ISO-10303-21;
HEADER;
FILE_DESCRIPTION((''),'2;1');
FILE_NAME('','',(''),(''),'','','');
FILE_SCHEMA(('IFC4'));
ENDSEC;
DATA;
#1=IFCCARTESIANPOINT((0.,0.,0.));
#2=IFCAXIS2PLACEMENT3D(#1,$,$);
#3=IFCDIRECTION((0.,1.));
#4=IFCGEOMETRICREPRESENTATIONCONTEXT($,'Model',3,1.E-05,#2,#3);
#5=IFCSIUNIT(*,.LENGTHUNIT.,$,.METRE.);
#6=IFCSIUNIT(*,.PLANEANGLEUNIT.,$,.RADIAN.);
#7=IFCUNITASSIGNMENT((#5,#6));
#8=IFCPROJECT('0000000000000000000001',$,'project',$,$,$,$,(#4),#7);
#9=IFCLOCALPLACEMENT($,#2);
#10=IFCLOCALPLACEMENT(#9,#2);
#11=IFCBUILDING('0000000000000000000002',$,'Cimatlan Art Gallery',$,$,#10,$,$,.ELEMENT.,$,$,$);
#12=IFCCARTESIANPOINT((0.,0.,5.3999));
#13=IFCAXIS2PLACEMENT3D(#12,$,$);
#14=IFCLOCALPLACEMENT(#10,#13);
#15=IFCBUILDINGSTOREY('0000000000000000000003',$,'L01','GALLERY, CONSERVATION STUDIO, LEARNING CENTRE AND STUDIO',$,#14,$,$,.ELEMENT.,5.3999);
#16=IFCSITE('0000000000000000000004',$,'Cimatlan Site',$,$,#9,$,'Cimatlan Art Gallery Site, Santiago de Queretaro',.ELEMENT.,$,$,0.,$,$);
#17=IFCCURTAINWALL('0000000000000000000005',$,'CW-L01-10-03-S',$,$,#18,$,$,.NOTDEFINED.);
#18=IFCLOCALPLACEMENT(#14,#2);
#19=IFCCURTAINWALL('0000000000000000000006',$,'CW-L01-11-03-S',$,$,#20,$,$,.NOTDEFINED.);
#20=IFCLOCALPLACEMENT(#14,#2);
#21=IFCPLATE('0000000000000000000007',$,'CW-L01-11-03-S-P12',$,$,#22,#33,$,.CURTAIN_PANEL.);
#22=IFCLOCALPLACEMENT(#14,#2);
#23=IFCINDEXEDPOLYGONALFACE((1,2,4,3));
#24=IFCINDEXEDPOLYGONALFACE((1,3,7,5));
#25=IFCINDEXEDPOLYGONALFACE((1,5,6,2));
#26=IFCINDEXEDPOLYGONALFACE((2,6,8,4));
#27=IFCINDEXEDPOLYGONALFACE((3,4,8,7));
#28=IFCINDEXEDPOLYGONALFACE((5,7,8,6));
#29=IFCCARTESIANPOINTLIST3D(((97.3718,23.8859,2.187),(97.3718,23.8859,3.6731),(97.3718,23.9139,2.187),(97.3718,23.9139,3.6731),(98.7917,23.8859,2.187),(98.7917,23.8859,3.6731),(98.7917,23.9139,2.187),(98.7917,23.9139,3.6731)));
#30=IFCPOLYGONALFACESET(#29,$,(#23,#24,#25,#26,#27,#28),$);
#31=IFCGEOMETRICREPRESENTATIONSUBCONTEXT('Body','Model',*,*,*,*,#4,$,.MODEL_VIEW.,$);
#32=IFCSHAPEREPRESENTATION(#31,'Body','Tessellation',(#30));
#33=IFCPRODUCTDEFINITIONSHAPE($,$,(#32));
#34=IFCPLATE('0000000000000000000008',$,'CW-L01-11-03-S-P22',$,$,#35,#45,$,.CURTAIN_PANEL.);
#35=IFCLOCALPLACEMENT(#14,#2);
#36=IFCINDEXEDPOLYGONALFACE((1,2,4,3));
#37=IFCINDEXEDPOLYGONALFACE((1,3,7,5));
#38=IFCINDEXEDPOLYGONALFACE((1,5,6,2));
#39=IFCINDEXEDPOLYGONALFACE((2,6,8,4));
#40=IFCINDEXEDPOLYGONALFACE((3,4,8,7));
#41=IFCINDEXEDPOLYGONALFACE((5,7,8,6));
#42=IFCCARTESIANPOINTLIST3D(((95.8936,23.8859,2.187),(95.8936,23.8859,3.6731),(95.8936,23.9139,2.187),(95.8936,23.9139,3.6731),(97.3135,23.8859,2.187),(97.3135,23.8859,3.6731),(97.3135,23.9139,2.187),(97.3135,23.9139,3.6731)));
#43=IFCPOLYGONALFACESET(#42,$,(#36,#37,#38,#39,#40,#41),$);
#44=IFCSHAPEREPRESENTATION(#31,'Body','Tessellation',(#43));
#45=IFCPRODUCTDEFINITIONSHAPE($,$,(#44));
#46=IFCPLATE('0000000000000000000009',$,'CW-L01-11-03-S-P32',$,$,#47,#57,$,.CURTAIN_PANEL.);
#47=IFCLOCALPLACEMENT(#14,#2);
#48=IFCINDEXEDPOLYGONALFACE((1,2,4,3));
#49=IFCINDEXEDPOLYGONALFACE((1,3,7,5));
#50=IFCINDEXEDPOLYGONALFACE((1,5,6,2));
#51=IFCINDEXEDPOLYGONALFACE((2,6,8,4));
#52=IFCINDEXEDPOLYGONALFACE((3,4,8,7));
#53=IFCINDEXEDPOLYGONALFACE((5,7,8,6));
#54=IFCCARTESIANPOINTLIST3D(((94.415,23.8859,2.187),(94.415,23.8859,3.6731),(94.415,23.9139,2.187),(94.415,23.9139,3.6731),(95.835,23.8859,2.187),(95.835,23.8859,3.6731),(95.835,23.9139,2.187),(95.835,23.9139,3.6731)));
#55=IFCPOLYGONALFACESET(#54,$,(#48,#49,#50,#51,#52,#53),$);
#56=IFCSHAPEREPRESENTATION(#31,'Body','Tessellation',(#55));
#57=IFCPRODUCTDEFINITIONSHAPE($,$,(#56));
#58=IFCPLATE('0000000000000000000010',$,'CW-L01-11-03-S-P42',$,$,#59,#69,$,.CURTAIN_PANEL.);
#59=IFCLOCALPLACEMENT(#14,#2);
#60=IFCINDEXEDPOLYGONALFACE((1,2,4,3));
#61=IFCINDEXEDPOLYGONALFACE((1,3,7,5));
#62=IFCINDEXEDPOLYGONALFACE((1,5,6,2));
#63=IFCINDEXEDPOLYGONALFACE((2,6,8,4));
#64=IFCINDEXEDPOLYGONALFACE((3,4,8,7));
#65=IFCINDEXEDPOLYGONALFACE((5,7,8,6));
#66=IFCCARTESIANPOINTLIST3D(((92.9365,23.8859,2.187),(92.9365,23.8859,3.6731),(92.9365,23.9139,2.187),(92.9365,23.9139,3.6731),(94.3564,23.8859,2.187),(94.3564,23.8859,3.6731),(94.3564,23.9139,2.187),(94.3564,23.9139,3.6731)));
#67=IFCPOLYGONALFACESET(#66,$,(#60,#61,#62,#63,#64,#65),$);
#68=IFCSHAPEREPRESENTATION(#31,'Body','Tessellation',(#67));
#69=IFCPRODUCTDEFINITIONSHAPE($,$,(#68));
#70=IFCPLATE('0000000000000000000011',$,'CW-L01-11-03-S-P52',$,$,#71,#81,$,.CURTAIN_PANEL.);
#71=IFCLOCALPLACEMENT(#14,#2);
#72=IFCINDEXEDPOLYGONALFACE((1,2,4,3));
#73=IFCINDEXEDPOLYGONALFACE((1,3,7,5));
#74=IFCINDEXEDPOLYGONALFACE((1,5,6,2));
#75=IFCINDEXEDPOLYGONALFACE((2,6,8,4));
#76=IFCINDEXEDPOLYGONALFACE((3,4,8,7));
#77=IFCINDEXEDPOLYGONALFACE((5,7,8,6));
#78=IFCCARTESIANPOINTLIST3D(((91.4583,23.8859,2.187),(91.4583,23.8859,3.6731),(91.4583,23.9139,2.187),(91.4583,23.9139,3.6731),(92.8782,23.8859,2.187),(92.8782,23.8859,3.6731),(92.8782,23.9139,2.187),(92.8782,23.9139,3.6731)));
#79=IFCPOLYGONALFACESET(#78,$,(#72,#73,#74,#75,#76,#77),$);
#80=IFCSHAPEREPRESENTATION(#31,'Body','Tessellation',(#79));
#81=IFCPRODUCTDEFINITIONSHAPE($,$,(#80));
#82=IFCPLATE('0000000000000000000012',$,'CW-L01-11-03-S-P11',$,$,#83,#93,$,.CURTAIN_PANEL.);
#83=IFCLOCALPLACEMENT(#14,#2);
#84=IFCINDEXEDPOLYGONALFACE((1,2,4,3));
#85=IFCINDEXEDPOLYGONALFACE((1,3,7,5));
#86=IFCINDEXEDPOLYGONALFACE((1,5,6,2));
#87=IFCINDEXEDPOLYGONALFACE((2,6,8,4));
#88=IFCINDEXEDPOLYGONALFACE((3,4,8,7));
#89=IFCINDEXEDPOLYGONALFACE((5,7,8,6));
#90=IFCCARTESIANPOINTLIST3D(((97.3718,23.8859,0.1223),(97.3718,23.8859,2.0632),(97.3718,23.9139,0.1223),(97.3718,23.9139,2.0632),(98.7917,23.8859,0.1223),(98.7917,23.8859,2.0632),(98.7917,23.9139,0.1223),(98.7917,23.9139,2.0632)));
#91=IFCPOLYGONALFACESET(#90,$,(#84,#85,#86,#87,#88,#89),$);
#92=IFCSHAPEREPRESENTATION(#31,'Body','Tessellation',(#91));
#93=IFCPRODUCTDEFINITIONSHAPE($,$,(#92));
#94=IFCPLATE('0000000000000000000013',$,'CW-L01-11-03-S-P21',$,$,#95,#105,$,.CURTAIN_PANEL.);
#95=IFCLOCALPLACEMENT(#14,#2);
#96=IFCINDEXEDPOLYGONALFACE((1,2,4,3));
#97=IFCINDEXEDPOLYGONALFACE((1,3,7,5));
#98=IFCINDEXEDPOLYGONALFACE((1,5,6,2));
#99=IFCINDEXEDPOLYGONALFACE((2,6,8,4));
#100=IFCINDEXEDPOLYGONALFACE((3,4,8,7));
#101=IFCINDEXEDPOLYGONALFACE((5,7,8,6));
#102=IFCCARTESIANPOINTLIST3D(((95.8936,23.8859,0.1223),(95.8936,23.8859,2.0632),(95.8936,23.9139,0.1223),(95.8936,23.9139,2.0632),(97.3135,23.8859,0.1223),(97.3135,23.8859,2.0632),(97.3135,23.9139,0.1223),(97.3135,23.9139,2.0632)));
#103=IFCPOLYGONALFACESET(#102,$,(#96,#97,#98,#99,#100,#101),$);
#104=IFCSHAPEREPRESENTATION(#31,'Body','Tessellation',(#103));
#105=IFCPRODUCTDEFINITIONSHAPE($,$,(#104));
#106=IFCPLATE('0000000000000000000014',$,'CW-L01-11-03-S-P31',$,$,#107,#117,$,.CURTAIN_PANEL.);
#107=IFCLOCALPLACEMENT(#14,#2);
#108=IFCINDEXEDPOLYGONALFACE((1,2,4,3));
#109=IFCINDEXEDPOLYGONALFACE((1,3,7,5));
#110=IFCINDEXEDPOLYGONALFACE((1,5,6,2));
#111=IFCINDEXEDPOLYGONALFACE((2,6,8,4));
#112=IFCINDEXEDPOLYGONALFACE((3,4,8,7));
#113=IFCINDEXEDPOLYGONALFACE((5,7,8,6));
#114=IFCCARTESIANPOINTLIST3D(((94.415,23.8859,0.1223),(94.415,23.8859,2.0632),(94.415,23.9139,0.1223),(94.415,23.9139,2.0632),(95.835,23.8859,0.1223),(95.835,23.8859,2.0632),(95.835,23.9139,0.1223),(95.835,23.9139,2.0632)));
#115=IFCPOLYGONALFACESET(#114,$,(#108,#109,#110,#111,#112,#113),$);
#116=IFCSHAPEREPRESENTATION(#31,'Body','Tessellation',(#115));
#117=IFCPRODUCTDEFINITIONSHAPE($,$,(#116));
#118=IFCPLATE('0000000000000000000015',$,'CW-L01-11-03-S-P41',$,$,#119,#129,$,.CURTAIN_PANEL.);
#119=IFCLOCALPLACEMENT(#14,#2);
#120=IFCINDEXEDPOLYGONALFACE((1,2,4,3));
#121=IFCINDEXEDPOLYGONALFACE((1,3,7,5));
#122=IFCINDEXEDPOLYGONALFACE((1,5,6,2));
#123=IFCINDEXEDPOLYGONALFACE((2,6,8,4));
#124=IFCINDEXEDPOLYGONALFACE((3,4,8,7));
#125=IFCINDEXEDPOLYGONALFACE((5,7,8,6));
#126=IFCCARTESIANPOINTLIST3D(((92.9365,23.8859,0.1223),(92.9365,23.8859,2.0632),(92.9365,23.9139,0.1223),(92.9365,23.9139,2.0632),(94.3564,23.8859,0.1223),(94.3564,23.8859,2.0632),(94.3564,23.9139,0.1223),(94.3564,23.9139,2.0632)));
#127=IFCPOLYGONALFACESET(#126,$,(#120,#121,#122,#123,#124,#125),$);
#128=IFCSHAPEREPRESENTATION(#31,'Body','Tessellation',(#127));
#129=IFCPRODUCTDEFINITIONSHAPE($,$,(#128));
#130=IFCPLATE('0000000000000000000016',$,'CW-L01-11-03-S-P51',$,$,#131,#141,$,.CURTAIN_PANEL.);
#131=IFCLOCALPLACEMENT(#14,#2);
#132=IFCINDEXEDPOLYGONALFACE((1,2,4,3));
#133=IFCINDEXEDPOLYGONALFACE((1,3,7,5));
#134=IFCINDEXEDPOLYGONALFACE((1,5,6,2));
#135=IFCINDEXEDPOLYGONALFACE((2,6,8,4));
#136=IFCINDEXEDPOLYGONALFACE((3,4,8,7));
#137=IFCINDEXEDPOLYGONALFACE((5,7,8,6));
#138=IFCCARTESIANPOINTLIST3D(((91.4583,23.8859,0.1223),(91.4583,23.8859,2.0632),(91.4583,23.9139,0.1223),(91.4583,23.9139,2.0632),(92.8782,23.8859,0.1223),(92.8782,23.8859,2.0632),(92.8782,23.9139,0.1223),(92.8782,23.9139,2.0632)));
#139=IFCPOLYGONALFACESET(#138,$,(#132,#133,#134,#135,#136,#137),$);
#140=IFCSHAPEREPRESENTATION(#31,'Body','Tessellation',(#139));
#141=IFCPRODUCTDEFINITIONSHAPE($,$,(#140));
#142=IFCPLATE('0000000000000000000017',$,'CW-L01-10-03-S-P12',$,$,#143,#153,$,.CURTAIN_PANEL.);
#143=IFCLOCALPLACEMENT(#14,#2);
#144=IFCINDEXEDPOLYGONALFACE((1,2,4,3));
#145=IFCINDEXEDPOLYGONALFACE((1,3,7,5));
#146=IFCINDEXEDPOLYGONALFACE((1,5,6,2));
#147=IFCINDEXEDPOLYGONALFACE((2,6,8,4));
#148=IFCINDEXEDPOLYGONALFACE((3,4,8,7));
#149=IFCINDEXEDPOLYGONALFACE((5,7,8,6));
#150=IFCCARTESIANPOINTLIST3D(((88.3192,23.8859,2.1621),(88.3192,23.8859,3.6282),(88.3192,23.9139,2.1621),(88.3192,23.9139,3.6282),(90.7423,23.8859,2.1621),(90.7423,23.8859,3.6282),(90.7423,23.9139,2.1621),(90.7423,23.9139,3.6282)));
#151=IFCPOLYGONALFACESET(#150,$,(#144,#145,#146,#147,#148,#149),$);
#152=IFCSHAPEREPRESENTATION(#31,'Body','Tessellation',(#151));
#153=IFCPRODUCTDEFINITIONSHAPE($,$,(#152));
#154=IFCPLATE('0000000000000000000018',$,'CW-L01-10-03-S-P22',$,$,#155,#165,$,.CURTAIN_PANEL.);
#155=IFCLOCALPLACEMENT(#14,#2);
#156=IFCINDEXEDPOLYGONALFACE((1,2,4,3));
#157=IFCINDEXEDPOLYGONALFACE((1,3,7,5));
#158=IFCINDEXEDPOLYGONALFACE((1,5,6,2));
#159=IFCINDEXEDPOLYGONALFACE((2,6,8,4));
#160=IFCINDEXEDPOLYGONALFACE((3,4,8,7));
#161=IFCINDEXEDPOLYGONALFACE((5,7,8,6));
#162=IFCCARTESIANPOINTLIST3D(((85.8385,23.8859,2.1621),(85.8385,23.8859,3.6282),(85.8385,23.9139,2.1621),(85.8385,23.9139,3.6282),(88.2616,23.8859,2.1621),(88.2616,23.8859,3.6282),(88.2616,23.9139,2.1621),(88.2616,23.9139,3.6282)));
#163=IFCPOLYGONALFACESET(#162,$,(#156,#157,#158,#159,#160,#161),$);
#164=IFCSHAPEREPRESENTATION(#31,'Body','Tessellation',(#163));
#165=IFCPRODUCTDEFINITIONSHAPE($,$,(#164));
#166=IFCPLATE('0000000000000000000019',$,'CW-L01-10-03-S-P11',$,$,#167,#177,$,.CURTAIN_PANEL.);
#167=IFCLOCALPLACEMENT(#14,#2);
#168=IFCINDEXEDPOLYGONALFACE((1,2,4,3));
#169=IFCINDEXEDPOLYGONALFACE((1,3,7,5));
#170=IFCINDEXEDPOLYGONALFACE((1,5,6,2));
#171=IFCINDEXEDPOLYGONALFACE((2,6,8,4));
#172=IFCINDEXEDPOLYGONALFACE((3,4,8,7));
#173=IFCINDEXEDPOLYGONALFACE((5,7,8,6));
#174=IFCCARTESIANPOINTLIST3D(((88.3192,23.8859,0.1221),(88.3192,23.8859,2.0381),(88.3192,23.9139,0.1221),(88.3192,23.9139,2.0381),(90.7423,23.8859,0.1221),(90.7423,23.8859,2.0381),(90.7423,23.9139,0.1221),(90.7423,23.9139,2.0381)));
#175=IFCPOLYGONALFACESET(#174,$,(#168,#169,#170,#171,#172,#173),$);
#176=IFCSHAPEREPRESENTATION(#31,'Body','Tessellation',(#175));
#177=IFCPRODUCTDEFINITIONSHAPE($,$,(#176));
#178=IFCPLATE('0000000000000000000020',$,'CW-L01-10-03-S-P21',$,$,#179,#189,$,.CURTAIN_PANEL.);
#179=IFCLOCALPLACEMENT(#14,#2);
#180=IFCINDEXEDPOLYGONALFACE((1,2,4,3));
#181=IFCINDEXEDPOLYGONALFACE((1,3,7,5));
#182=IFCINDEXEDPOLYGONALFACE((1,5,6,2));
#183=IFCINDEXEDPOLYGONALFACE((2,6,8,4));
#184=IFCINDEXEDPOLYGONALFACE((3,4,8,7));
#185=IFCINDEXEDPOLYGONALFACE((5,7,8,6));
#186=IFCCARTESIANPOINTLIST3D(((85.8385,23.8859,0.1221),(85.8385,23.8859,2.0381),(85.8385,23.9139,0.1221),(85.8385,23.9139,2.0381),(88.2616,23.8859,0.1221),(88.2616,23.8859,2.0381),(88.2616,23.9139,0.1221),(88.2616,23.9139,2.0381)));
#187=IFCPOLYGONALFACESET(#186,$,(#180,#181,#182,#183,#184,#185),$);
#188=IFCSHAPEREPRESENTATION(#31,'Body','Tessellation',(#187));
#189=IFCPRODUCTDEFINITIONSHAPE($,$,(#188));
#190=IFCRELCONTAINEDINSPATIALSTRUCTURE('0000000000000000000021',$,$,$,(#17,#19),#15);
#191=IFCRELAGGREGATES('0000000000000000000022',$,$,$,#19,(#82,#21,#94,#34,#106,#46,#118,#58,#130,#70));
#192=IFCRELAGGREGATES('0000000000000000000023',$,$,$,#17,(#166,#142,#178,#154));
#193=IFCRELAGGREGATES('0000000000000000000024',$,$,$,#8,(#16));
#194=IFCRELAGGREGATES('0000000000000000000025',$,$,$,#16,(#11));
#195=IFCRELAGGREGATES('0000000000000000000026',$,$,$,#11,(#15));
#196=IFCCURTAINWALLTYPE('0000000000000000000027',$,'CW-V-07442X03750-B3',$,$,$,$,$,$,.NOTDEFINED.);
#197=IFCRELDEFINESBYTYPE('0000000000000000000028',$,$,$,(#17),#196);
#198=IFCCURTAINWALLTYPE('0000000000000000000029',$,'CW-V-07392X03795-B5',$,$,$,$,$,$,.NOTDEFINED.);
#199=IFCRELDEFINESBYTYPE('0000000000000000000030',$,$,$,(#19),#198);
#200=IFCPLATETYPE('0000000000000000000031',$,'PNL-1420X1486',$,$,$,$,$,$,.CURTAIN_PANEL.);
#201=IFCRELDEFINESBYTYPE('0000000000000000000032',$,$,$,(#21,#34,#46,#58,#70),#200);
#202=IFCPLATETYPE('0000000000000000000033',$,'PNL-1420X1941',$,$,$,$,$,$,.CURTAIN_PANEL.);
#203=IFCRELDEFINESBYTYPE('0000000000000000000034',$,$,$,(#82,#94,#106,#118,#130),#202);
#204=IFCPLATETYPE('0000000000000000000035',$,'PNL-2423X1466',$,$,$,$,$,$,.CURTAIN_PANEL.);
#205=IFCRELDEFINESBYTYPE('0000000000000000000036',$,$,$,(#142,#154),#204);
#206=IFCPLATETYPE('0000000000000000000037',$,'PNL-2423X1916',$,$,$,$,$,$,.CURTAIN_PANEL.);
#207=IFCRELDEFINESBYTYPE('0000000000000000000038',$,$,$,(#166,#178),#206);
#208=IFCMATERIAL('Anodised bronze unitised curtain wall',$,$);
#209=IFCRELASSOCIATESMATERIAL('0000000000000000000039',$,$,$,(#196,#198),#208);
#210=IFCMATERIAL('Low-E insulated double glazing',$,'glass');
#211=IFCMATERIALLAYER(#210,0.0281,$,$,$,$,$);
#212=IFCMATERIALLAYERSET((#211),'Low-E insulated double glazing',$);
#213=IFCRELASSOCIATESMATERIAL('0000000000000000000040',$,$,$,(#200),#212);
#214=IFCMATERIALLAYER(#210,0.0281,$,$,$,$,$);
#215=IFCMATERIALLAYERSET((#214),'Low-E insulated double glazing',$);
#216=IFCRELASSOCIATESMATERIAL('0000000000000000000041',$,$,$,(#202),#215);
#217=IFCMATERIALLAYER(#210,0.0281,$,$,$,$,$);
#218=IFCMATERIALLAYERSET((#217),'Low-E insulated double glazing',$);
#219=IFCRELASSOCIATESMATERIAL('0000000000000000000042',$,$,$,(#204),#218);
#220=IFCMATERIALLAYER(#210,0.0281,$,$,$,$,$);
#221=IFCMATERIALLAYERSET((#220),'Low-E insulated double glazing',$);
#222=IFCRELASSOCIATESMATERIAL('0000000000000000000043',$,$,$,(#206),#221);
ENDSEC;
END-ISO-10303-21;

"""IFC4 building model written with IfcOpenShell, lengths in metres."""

from ifc_helpers import new_model, si_unit, direction, frame, origin, origin_2d, place, context, subcontext, project, spatial, rectangle, extrude, material, layer, layer_set, type_object, element, aggregate, save


model = new_model("IFC4")

# Units and contexts
model_context = context("Model", 3, precision=1e-05, world=origin(), true_north=direction((0.0, 1.0)))
body_context = subcontext(model_context, "Body", "Model", "MODEL_VIEW")
ifc_project = project(units=[si_unit("LENGTHUNIT", "METRE"), si_unit("PLANEANGLEUNIT", "RADIAN")], contexts=[model_context])

# Site, building, storey
site_placement = place(None, origin())
site = spatial("IfcSite", under=ifc_project, at=site_placement, Name="Cimatlan Site", LongName="Cimatlan Art Gallery Site, Santiago de Queretaro", CompositionType="ELEMENT", RefElevation=0.0)
building_placement = place(site_placement, origin())
building = spatial("IfcBuilding", under=site, at=building_placement, Name="Cimatlan Art Gallery", CompositionType="ELEMENT")
storey_placement = place(building_placement, frame((0.0, 0.0, 5.3999)))
storey = spatial("IfcBuildingStorey", under=building, at=storey_placement, Name="L01", Description="GALLERY, CONSERVATION STUDIO, LEARNING CENTRE AND STUDIO", CompositionType="ELEMENT", Elevation=5.3999)

# Curtain walls
ifc_material_1 = material(Name="Anodised bronze unitised curtain wall")
curtain_wall_type_1 = type_object("IfcCurtainWallType", Name="CW-V-07442X03750-B3", PredefinedType="NOTDEFINED", material=ifc_material_1)
curtain_wall_1_placement = place(storey_placement, origin())
curtain_wall_1 = element("IfcCurtainWall", 1, at=curtain_wall_1_placement, inside=storey, type_object=curtain_wall_type_1, Name="CW-L01-10-03-S", PredefinedType="NOTDEFINED")
curtain_wall_type_2 = type_object("IfcCurtainWallType", Name="CW-V-07392X03795-B5", PredefinedType="NOTDEFINED", material=ifc_material_1)
curtain_wall_2_placement = place(storey_placement, origin())
curtain_wall_2 = element("IfcCurtainWall", 2, at=curtain_wall_2_placement, inside=storey, type_object=curtain_wall_type_2, Name="CW-L01-11-03-S", PredefinedType="NOTDEFINED")

# Plates
ifc_material_2 = material(Name="Low-E insulated double glazing", Category="glass")
ifc_layer_1 = layer(ifc_material_2, 0.0281)
ifc_layer_set_1 = layer_set([ifc_layer_1], Name="Low-E insulated double glazing")
plate_type_1 = type_object("IfcPlateType", Name="PNL-1420X1486", PredefinedType="CURTAIN_PANEL", material=ifc_layer_set_1)
plate_1_placement = place(storey_placement, frame((98.0818, 23.8999, 2.187), z_axis=(0.0, 0.0, 1.0), x_axis=(-1.0, 0.0, 0.0)))
plate_1 = element("IfcPlate", 3, at=plate_1_placement, type_object=plate_type_1, Name="CW-L01-11-03-S-P12", PredefinedType="CURTAIN_PANEL", context=body_context, shape_type="SweptSolid", body=[
    extrude(rectangle(XDim=1.4199, YDim=0.0281, at=origin_2d()), origin(), (0.0, 0.0, 1.0), 1.4861),
])
plate_2_placement = place(storey_placement, frame((96.6035, 23.8999, 2.187), z_axis=(0.0, 0.0, 1.0), x_axis=(-1.0, 0.0, 0.0)))
plate_2 = element("IfcPlate", 4, at=plate_2_placement, type_object=plate_type_1, Name="CW-L01-11-03-S-P22", PredefinedType="CURTAIN_PANEL", context=body_context, shape_type="SweptSolid", body=[
    extrude(rectangle(XDim=1.4199, YDim=0.0281, at=origin_2d()), origin(), (0.0, 0.0, 1.0), 1.4861),
])
plate_3_placement = place(storey_placement, frame((95.125, 23.8999, 2.187), z_axis=(0.0, 0.0, 1.0), x_axis=(-1.0, 0.0, 0.0)))
plate_3 = element("IfcPlate", 5, at=plate_3_placement, type_object=plate_type_1, Name="CW-L01-11-03-S-P32", PredefinedType="CURTAIN_PANEL", context=body_context, shape_type="SweptSolid", body=[
    extrude(rectangle(XDim=1.4199, YDim=0.0281, at=origin_2d()), origin(), (0.0, 0.0, 1.0), 1.4861),
])
plate_4_placement = place(storey_placement, frame((93.6465, 23.8999, 2.187), z_axis=(0.0, 0.0, 1.0), x_axis=(-1.0, 0.0, 0.0)))
plate_4 = element("IfcPlate", 6, at=plate_4_placement, type_object=plate_type_1, Name="CW-L01-11-03-S-P42", PredefinedType="CURTAIN_PANEL", context=body_context, shape_type="SweptSolid", body=[
    extrude(rectangle(XDim=1.4199, YDim=0.0281, at=origin_2d()), origin(), (0.0, 0.0, 1.0), 1.4861),
])
plate_5_placement = place(storey_placement, frame((92.1682, 23.8999, 2.187), z_axis=(0.0, 0.0, 1.0), x_axis=(-1.0, 0.0, 0.0)))
plate_5 = element("IfcPlate", 7, at=plate_5_placement, type_object=plate_type_1, Name="CW-L01-11-03-S-P52", PredefinedType="CURTAIN_PANEL", context=body_context, shape_type="SweptSolid", body=[
    extrude(rectangle(XDim=1.4199, YDim=0.0281, at=origin_2d()), origin(), (0.0, 0.0, 1.0), 1.4861),
])
ifc_layer_2 = layer(ifc_material_2, 0.0281)
ifc_layer_set_2 = layer_set([ifc_layer_2], Name="Low-E insulated double glazing")
plate_type_2 = type_object("IfcPlateType", Name="PNL-1420X1941", PredefinedType="CURTAIN_PANEL", material=ifc_layer_set_2)
plate_6_placement = place(storey_placement, frame((98.0818, 23.8999, 0.1223), z_axis=(0.0, 0.0, 1.0), x_axis=(-1.0, 0.0, 0.0)))
plate_6 = element("IfcPlate", 8, at=plate_6_placement, type_object=plate_type_2, Name="CW-L01-11-03-S-P11", PredefinedType="CURTAIN_PANEL", context=body_context, shape_type="SweptSolid", body=[
    extrude(rectangle(XDim=1.4199, YDim=0.0281, at=origin_2d()), origin(), (0.0, 0.0, 1.0), 1.9409),
])
plate_7_placement = place(storey_placement, frame((96.6035, 23.8999, 0.1223), z_axis=(0.0, 0.0, 1.0), x_axis=(-1.0, 0.0, 0.0)))
plate_7 = element("IfcPlate", 9, at=plate_7_placement, type_object=plate_type_2, Name="CW-L01-11-03-S-P21", PredefinedType="CURTAIN_PANEL", context=body_context, shape_type="SweptSolid", body=[
    extrude(rectangle(XDim=1.4199, YDim=0.0281, at=origin_2d()), origin(), (0.0, 0.0, 1.0), 1.9409),
])
plate_8_placement = place(storey_placement, frame((95.125, 23.8999, 0.1223), z_axis=(0.0, 0.0, 1.0), x_axis=(-1.0, 0.0, 0.0)))
plate_8 = element("IfcPlate", 10, at=plate_8_placement, type_object=plate_type_2, Name="CW-L01-11-03-S-P31", PredefinedType="CURTAIN_PANEL", context=body_context, shape_type="SweptSolid", body=[
    extrude(rectangle(XDim=1.4199, YDim=0.0281, at=origin_2d()), origin(), (0.0, 0.0, 1.0), 1.9409),
])
plate_9_placement = place(storey_placement, frame((93.6465, 23.8999, 0.1223), z_axis=(0.0, 0.0, 1.0), x_axis=(-1.0, 0.0, 0.0)))
plate_9 = element("IfcPlate", 11, at=plate_9_placement, type_object=plate_type_2, Name="CW-L01-11-03-S-P41", PredefinedType="CURTAIN_PANEL", context=body_context, shape_type="SweptSolid", body=[
    extrude(rectangle(XDim=1.4199, YDim=0.0281, at=origin_2d()), origin(), (0.0, 0.0, 1.0), 1.9409),
])
plate_10_placement = place(storey_placement, frame((92.1682, 23.8999, 0.1223), z_axis=(0.0, 0.0, 1.0), x_axis=(-1.0, 0.0, 0.0)))
plate_10 = element("IfcPlate", 12, at=plate_10_placement, type_object=plate_type_2, Name="CW-L01-11-03-S-P51", PredefinedType="CURTAIN_PANEL", context=body_context, shape_type="SweptSolid", body=[
    extrude(rectangle(XDim=1.4199, YDim=0.0281, at=origin_2d()), origin(), (0.0, 0.0, 1.0), 1.9409),
])
aggregate(curtain_wall_2, [plate_6, plate_1, plate_7, plate_2, plate_8, plate_3, plate_9, plate_4, plate_10, plate_5])
ifc_layer_3 = layer(ifc_material_2, 0.0281)
ifc_layer_set_3 = layer_set([ifc_layer_3], Name="Low-E insulated double glazing")
plate_type_3 = type_object("IfcPlateType", Name="PNL-2423X1466", PredefinedType="CURTAIN_PANEL", material=ifc_layer_set_3)
plate_11_placement = place(storey_placement, frame((89.5308, 23.8999, 2.1621), z_axis=(0.0, 0.0, 1.0), x_axis=(-1.0, 0.0, 0.0)))
plate_11 = element("IfcPlate", 13, at=plate_11_placement, type_object=plate_type_3, Name="CW-L01-10-03-S-P12", PredefinedType="CURTAIN_PANEL", context=body_context, shape_type="SweptSolid", body=[
    extrude(rectangle(XDim=2.4231, YDim=0.0281, at=origin_2d()), origin(), (0.0, 0.0, 1.0), 1.4661),
])
plate_12_placement = place(storey_placement, frame((87.05, 23.8999, 2.1621), z_axis=(0.0, 0.0, 1.0), x_axis=(-1.0, 0.0, 0.0)))
plate_12 = element("IfcPlate", 14, at=plate_12_placement, type_object=plate_type_3, Name="CW-L01-10-03-S-P22", PredefinedType="CURTAIN_PANEL", context=body_context, shape_type="SweptSolid", body=[
    extrude(rectangle(XDim=2.4231, YDim=0.0281, at=origin_2d()), origin(), (0.0, 0.0, 1.0), 1.4661),
])
ifc_layer_4 = layer(ifc_material_2, 0.0281)
ifc_layer_set_4 = layer_set([ifc_layer_4], Name="Low-E insulated double glazing")
plate_type_4 = type_object("IfcPlateType", Name="PNL-2423X1916", PredefinedType="CURTAIN_PANEL", material=ifc_layer_set_4)
plate_13_placement = place(storey_placement, frame((89.5308, 23.8999, 0.1221), z_axis=(0.0, 0.0, 1.0), x_axis=(-1.0, 0.0, 0.0)))
plate_13 = element("IfcPlate", 15, at=plate_13_placement, type_object=plate_type_4, Name="CW-L01-10-03-S-P11", PredefinedType="CURTAIN_PANEL", context=body_context, shape_type="SweptSolid", body=[
    extrude(rectangle(XDim=2.4231, YDim=0.0281, at=origin_2d()), origin(), (0.0, 0.0, 1.0), 1.916),
])
plate_14_placement = place(storey_placement, frame((87.05, 23.8999, 0.1221), z_axis=(0.0, 0.0, 1.0), x_axis=(-1.0, 0.0, 0.0)))
plate_14 = element("IfcPlate", 16, at=plate_14_placement, type_object=plate_type_4, Name="CW-L01-10-03-S-P21", PredefinedType="CURTAIN_PANEL", context=body_context, shape_type="SweptSolid", body=[
    extrude(rectangle(XDim=2.4231, YDim=0.0281, at=origin_2d()), origin(), (0.0, 0.0, 1.0), 1.916),
])
aggregate(curtain_wall_1, [plate_13, plate_11, plate_14, plate_12])

save(model, "model.ifc")
